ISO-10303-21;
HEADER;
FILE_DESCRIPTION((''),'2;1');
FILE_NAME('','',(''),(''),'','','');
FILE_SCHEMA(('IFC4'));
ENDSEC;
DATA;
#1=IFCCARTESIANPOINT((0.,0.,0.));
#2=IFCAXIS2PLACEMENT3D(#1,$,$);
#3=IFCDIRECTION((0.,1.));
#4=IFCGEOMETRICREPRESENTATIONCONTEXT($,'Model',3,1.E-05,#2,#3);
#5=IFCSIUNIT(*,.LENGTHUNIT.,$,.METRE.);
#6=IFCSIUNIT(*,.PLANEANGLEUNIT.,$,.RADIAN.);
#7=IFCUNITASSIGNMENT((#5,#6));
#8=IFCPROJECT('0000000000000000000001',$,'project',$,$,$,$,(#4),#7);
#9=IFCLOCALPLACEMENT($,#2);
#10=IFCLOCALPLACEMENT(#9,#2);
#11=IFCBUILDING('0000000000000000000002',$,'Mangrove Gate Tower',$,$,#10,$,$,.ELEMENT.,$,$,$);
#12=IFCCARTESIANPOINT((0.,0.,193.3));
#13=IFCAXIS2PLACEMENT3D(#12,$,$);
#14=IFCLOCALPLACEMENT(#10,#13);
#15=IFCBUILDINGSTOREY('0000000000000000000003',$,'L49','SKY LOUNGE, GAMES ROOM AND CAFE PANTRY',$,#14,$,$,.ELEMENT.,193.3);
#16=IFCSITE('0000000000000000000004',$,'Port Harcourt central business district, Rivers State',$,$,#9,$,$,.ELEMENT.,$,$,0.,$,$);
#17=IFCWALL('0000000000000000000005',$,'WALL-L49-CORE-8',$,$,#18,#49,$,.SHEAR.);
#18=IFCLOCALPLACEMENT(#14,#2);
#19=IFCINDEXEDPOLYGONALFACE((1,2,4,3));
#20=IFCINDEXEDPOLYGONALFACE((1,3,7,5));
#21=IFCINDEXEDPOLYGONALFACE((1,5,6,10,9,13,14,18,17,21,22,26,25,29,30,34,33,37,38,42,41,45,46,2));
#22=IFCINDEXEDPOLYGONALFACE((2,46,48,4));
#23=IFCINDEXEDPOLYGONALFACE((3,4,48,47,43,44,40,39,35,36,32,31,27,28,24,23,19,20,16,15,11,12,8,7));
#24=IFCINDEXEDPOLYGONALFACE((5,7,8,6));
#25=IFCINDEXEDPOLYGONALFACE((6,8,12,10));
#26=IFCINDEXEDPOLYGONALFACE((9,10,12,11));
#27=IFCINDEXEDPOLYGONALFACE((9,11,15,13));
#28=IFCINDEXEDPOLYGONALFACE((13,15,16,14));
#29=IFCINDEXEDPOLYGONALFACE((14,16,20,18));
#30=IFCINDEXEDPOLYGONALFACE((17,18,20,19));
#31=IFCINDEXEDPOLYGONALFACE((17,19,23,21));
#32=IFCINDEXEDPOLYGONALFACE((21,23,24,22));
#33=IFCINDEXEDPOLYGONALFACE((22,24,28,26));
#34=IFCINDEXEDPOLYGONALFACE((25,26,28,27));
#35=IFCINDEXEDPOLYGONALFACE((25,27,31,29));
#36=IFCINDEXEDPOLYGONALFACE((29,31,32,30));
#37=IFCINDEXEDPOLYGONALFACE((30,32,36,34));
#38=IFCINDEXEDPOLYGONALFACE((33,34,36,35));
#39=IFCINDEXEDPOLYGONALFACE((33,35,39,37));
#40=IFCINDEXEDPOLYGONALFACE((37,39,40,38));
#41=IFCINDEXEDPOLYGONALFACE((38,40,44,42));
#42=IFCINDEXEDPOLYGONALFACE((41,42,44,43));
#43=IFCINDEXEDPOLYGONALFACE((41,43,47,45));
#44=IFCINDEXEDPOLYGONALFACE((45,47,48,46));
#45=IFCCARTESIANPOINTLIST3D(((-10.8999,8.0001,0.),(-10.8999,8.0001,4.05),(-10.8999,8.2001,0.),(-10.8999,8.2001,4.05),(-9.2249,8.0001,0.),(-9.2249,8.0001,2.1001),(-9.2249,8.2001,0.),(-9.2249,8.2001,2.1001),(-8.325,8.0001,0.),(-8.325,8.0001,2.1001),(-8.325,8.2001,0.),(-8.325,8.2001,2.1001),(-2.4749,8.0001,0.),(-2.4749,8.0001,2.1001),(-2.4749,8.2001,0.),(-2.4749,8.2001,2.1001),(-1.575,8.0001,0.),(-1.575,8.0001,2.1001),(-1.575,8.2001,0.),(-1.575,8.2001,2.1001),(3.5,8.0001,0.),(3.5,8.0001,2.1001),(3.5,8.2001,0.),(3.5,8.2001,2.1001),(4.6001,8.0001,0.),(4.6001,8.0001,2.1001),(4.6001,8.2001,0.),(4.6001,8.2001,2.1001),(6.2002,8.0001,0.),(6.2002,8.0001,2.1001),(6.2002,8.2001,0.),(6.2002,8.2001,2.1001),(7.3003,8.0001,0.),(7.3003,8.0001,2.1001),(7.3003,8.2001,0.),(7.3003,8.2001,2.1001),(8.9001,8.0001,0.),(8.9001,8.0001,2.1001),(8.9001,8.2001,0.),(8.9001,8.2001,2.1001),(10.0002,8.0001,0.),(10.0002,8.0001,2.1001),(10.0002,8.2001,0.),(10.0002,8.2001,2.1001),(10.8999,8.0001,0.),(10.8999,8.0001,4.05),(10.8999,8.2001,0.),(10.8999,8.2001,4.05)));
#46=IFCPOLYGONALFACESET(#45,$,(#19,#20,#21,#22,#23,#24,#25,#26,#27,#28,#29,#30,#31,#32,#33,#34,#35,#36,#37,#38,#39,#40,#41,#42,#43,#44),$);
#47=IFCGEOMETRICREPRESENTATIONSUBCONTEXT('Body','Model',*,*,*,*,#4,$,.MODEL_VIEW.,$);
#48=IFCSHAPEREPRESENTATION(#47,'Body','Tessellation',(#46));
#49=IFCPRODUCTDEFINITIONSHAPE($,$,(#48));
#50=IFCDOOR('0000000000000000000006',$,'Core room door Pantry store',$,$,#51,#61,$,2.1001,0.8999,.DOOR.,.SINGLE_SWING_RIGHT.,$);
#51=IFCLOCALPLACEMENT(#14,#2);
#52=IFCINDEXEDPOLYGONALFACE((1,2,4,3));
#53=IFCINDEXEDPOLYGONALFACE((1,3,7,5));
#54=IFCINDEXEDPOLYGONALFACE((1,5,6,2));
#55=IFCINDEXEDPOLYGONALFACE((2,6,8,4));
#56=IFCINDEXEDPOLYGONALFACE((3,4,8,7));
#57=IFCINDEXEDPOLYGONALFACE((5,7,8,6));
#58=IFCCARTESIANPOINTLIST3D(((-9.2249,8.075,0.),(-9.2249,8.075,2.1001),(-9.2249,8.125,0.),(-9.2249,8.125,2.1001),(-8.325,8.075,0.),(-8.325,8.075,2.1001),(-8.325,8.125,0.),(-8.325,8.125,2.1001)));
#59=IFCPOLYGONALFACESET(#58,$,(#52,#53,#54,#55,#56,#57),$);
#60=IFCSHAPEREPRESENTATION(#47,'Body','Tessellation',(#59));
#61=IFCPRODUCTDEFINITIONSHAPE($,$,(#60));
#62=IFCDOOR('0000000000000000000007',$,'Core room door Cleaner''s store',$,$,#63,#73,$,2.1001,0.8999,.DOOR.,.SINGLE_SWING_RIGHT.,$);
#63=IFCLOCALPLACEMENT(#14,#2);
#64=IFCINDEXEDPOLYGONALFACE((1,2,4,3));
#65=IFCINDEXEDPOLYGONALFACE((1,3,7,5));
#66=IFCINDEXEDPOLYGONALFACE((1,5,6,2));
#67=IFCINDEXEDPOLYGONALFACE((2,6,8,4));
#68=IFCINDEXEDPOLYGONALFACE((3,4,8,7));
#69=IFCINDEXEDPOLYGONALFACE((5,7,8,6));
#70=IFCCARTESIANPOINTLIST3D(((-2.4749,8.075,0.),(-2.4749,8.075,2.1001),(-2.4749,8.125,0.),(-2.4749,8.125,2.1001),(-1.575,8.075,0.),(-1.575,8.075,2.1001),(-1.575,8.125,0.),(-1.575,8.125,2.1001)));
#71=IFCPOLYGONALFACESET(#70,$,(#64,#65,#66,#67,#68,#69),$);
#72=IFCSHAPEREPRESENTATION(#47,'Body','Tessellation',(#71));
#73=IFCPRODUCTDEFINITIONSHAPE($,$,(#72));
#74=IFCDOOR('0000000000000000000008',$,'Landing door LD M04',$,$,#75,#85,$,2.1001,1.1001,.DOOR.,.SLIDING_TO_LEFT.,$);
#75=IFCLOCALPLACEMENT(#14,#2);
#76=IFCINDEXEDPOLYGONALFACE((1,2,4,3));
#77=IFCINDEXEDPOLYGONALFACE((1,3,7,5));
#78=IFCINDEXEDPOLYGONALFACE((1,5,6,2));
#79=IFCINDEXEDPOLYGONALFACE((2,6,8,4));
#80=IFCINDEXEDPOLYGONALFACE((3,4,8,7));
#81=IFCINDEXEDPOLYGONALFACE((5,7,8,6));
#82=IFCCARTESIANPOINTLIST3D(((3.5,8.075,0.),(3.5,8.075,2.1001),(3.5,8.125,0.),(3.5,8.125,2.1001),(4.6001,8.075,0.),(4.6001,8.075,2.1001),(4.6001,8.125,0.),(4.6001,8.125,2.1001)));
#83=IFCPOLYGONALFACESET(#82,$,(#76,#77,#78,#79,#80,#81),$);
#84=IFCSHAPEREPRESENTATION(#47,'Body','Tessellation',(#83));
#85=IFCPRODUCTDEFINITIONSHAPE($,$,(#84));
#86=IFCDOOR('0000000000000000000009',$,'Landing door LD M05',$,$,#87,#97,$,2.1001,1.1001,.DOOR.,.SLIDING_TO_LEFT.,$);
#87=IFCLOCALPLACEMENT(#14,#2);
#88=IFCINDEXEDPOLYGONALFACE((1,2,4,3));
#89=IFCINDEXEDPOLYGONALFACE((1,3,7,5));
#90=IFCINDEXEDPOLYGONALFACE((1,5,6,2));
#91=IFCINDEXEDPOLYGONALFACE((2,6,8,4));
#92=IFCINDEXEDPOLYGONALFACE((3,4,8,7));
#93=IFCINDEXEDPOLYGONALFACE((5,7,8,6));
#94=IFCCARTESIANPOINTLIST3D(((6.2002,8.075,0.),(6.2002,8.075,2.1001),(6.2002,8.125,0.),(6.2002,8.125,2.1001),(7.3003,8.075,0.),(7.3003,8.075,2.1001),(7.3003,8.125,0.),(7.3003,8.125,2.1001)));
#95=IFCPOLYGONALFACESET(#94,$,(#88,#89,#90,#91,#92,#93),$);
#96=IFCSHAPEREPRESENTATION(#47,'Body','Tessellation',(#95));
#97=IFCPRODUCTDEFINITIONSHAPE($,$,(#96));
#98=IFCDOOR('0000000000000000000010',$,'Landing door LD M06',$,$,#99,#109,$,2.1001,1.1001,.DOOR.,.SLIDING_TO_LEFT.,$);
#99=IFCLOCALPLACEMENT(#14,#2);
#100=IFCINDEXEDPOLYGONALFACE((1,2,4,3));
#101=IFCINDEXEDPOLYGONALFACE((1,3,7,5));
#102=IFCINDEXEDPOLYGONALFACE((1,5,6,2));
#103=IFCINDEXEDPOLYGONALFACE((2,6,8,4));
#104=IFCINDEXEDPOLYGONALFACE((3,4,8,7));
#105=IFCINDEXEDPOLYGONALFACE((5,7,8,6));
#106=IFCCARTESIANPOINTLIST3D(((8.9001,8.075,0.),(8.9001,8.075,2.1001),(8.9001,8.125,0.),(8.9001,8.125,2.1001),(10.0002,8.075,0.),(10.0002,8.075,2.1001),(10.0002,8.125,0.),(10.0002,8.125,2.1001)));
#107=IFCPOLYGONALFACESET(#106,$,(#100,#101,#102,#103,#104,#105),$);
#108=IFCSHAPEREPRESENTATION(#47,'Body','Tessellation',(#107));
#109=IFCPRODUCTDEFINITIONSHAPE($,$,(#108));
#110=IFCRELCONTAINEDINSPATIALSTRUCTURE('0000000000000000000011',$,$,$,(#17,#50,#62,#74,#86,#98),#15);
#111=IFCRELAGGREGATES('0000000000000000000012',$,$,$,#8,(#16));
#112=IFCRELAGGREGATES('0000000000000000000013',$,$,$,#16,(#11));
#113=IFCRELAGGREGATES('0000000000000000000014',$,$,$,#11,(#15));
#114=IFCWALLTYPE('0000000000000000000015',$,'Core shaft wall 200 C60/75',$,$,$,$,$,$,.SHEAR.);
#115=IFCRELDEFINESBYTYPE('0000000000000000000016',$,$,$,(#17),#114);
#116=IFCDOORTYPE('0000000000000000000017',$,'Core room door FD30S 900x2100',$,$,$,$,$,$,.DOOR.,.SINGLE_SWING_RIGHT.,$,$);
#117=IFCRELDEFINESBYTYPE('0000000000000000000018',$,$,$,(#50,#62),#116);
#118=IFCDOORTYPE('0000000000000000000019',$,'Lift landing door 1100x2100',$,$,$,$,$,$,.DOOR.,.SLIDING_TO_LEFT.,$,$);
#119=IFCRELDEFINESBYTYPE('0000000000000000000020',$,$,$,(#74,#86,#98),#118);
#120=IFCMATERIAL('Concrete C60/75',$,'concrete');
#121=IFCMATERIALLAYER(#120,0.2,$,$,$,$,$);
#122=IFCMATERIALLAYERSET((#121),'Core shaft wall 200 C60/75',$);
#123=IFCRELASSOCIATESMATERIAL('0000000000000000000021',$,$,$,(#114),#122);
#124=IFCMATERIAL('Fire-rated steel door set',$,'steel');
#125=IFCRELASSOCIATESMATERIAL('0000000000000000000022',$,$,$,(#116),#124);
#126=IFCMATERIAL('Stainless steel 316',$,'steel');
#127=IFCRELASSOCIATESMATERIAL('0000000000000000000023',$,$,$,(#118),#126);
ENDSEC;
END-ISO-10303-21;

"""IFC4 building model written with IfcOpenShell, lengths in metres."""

from ifc_helpers import new_model, si_unit, direction, frame, frame_2d, origin, place, context, subcontext, project, spatial, rectangle, extrude, material, layer, layer_set, type_object, element, fill, save


model = new_model("IFC4")

# Units and contexts
model_context = context("Model", 3, precision=1e-05, world=origin(), true_north=direction((0.0, 1.0)))
body_context = subcontext(model_context, "Body", "Model", "MODEL_VIEW")
ifc_project = project(units=[si_unit("LENGTHUNIT", "METRE"), si_unit("PLANEANGLEUNIT", "RADIAN")], contexts=[model_context])

# Site, building, storey
site_placement = place(None, origin())
site = spatial("IfcSite", under=ifc_project, at=site_placement, Name="Port Harcourt central business district, Rivers State", CompositionType="ELEMENT", RefElevation=0.0)
building_placement = place(site_placement, origin())
building = spatial("IfcBuilding", under=site, at=building_placement, Name="Mangrove Gate Tower", CompositionType="ELEMENT")
storey_placement = place(building_placement, frame((0.0, 0.0, 193.3)))
storey = spatial("IfcBuildingStorey", under=building, at=storey_placement, Name="L49", Description="SKY LOUNGE, GAMES ROOM AND CAFE PANTRY", CompositionType="ELEMENT", Elevation=193.3)

# Shared definitions
ifc_material_1 = material(Name="Concrete C60/75", Category="concrete")
ifc_layer_1 = layer(ifc_material_1, 0.2)
ifc_layer_set_1 = layer_set([ifc_layer_1], Name="Core shaft wall 200 C60/75")
wall_type_1 = type_object("IfcWallType", Name="Core shaft wall 200 C60/75", PredefinedType="SHEAR", material=ifc_layer_set_1)

# Wall, openings, doors
ifc_material_2 = material(Name="Fire-rated steel door set", Category="steel")
door_type_1 = type_object("IfcDoorType", Name="Core room door FD30S 900x2100", OperationType="SINGLE_SWING_RIGHT", PredefinedType="DOOR", material=ifc_material_2)
ifc_material_3 = material(Name="Stainless steel 316", Category="steel")
door_type_2 = type_object("IfcDoorType", Name="Lift landing door 1100x2100", OperationType="SLIDING_TO_LEFT", PredefinedType="DOOR", material=ifc_material_3)
wall_1_placement = place(storey_placement, frame((-10.8999, 8.1001, 0.0), z_axis=(0.0, 0.0, 1.0), x_axis=(1.0, 0.0, 0.0)))
wall_1 = element("IfcWall", 1, at=wall_1_placement, inside=storey, type_object=wall_type_1, Name="WALL-L49-CORE-8", PredefinedType="SHEAR", context=body_context, shape_type="SweptSolid", body=[
    extrude(rectangle(XDim=21.7998, YDim=0.2, at=frame_2d((10.8999, 0.0))), origin(), (0.0, 0.0, 1.0), 4.05),
])
opening_1_placement = place(wall_1_placement, frame((14.3999, 0.0, 0.0)))
opening_1 = element("IfcOpeningElement", 2, at=opening_1_placement, cuts=wall_1, PredefinedType="OPENING", context=body_context, shape_type="SweptSolid", body=[
    extrude(rectangle(XDim=1.1001, YDim=2.1001, at=frame_2d((0.55, 1.05))), frame((0.0, 0.1099, 0.0), z_axis=(0.0, -1.0, 0.0), x_axis=(1.0, 0.0, 0.0)), (0.0, 0.0, 1.0), 0.22),
])
opening_2_placement = place(wall_1_placement, frame((17.1001, 0.0, 0.0)))
opening_2 = element("IfcOpeningElement", 3, at=opening_2_placement, cuts=wall_1, PredefinedType="OPENING", context=body_context, shape_type="SweptSolid", body=[
    extrude(rectangle(XDim=1.1001, YDim=2.1001, at=frame_2d((0.55, 1.05))), frame((0.0, 0.1099, 0.0), z_axis=(0.0, -1.0, 0.0), x_axis=(1.0, 0.0, 0.0)), (0.0, 0.0, 1.0), 0.22),
])
opening_3_placement = place(wall_1_placement, frame((19.8, 0.0, 0.0)))
opening_3 = element("IfcOpeningElement", 4, at=opening_3_placement, cuts=wall_1, PredefinedType="OPENING", context=body_context, shape_type="SweptSolid", body=[
    extrude(rectangle(XDim=1.1001, YDim=2.1001, at=frame_2d((0.55, 1.05))), frame((0.0, 0.1099, 0.0), z_axis=(0.0, -1.0, 0.0), x_axis=(1.0, 0.0, 0.0)), (0.0, 0.0, 1.0), 0.22),
])
opening_4_placement = place(wall_1_placement, frame((1.675, 0.0, 0.0)))
opening_4 = element("IfcOpeningElement", 5, at=opening_4_placement, cuts=wall_1, PredefinedType="OPENING", context=body_context, shape_type="SweptSolid", body=[
    extrude(rectangle(XDim=0.8999, YDim=2.1001, at=frame_2d((0.45, 1.05))), frame((0.0, 0.1099, 0.0), z_axis=(0.0, -1.0, 0.0), x_axis=(1.0, 0.0, 0.0)), (0.0, 0.0, 1.0), 0.22),
])
opening_5_placement = place(wall_1_placement, frame((8.425, 0.0, 0.0)))
opening_5 = element("IfcOpeningElement", 6, at=opening_5_placement, cuts=wall_1, PredefinedType="OPENING", context=body_context, shape_type="SweptSolid", body=[
    extrude(rectangle(XDim=0.8999, YDim=2.1001, at=frame_2d((0.45, 1.05))), frame((0.0, 0.1099, 0.0), z_axis=(0.0, -1.0, 0.0), x_axis=(1.0, 0.0, 0.0)), (0.0, 0.0, 1.0), 0.22),
])
door_1_placement = place(opening_4_placement, origin())
door_1 = element("IfcDoor", 7, at=door_1_placement, inside=storey, type_object=door_type_1, Name="Core room door Pantry store", OperationType="SINGLE_SWING_RIGHT", OverallHeight=2.1001, OverallWidth=0.8999, PredefinedType="DOOR", context=body_context, shape_type="SweptSolid", body=[
    extrude(rectangle(XDim=0.8999, YDim=2.1001, at=frame_2d((0.45, 1.05))), frame((0.0, 0.0249, 0.0), z_axis=(0.0, -1.0, 0.0), x_axis=(1.0, 0.0, 0.0)), (0.0, 0.0, 1.0), 0.05),
])
fill(opening_4, door_1)
door_2_placement = place(opening_5_placement, origin())
door_2 = element("IfcDoor", 8, at=door_2_placement, inside=storey, type_object=door_type_1, Name="Core room door Cleaner's store", OperationType="SINGLE_SWING_RIGHT", OverallHeight=2.1001, OverallWidth=0.8999, PredefinedType="DOOR", context=body_context, shape_type="SweptSolid", body=[
    extrude(rectangle(XDim=0.8999, YDim=2.1001, at=frame_2d((0.45, 1.05))), frame((0.0, 0.0249, 0.0), z_axis=(0.0, -1.0, 0.0), x_axis=(1.0, 0.0, 0.0)), (0.0, 0.0, 1.0), 0.05),
])
fill(opening_5, door_2)
door_3_placement = place(opening_1_placement, origin())
door_3 = element("IfcDoor", 9, at=door_3_placement, inside=storey, type_object=door_type_2, Name="Landing door LD M04", OperationType="SLIDING_TO_LEFT", OverallHeight=2.1001, OverallWidth=1.1001, PredefinedType="DOOR", context=body_context, shape_type="SweptSolid", body=[
    extrude(rectangle(XDim=1.1001, YDim=2.1001, at=frame_2d((0.55, 1.05))), frame((0.0, 0.0249, 0.0), z_axis=(0.0, -1.0, 0.0), x_axis=(1.0, 0.0, 0.0)), (0.0, 0.0, 1.0), 0.05),
])
fill(opening_1, door_3)
door_4_placement = place(opening_2_placement, origin())
door_4 = element("IfcDoor", 10, at=door_4_placement, inside=storey, type_object=door_type_2, Name="Landing door LD M05", OperationType="SLIDING_TO_LEFT", OverallHeight=2.1001, OverallWidth=1.1001, PredefinedType="DOOR", context=body_context, shape_type="SweptSolid", body=[
    extrude(rectangle(XDim=1.1001, YDim=2.1001, at=frame_2d((0.55, 1.05))), frame((0.0, 0.0249, 0.0), z_axis=(0.0, -1.0, 0.0), x_axis=(1.0, 0.0, 0.0)), (0.0, 0.0, 1.0), 0.05),
])
fill(opening_2, door_4)
door_5_placement = place(opening_3_placement, origin())
door_5 = element("IfcDoor", 11, at=door_5_placement, inside=storey, type_object=door_type_2, Name="Landing door LD M06", OperationType="SLIDING_TO_LEFT", OverallHeight=2.1001, OverallWidth=1.1001, PredefinedType="DOOR", context=body_context, shape_type="SweptSolid", body=[
    extrude(rectangle(XDim=1.1001, YDim=2.1001, at=frame_2d((0.55, 1.05))), frame((0.0, 0.0249, 0.0), z_axis=(0.0, -1.0, 0.0), x_axis=(1.0, 0.0, 0.0)), (0.0, 0.0, 1.0), 0.05),
])
fill(opening_3, door_5)

save(model, "model.ifc")
